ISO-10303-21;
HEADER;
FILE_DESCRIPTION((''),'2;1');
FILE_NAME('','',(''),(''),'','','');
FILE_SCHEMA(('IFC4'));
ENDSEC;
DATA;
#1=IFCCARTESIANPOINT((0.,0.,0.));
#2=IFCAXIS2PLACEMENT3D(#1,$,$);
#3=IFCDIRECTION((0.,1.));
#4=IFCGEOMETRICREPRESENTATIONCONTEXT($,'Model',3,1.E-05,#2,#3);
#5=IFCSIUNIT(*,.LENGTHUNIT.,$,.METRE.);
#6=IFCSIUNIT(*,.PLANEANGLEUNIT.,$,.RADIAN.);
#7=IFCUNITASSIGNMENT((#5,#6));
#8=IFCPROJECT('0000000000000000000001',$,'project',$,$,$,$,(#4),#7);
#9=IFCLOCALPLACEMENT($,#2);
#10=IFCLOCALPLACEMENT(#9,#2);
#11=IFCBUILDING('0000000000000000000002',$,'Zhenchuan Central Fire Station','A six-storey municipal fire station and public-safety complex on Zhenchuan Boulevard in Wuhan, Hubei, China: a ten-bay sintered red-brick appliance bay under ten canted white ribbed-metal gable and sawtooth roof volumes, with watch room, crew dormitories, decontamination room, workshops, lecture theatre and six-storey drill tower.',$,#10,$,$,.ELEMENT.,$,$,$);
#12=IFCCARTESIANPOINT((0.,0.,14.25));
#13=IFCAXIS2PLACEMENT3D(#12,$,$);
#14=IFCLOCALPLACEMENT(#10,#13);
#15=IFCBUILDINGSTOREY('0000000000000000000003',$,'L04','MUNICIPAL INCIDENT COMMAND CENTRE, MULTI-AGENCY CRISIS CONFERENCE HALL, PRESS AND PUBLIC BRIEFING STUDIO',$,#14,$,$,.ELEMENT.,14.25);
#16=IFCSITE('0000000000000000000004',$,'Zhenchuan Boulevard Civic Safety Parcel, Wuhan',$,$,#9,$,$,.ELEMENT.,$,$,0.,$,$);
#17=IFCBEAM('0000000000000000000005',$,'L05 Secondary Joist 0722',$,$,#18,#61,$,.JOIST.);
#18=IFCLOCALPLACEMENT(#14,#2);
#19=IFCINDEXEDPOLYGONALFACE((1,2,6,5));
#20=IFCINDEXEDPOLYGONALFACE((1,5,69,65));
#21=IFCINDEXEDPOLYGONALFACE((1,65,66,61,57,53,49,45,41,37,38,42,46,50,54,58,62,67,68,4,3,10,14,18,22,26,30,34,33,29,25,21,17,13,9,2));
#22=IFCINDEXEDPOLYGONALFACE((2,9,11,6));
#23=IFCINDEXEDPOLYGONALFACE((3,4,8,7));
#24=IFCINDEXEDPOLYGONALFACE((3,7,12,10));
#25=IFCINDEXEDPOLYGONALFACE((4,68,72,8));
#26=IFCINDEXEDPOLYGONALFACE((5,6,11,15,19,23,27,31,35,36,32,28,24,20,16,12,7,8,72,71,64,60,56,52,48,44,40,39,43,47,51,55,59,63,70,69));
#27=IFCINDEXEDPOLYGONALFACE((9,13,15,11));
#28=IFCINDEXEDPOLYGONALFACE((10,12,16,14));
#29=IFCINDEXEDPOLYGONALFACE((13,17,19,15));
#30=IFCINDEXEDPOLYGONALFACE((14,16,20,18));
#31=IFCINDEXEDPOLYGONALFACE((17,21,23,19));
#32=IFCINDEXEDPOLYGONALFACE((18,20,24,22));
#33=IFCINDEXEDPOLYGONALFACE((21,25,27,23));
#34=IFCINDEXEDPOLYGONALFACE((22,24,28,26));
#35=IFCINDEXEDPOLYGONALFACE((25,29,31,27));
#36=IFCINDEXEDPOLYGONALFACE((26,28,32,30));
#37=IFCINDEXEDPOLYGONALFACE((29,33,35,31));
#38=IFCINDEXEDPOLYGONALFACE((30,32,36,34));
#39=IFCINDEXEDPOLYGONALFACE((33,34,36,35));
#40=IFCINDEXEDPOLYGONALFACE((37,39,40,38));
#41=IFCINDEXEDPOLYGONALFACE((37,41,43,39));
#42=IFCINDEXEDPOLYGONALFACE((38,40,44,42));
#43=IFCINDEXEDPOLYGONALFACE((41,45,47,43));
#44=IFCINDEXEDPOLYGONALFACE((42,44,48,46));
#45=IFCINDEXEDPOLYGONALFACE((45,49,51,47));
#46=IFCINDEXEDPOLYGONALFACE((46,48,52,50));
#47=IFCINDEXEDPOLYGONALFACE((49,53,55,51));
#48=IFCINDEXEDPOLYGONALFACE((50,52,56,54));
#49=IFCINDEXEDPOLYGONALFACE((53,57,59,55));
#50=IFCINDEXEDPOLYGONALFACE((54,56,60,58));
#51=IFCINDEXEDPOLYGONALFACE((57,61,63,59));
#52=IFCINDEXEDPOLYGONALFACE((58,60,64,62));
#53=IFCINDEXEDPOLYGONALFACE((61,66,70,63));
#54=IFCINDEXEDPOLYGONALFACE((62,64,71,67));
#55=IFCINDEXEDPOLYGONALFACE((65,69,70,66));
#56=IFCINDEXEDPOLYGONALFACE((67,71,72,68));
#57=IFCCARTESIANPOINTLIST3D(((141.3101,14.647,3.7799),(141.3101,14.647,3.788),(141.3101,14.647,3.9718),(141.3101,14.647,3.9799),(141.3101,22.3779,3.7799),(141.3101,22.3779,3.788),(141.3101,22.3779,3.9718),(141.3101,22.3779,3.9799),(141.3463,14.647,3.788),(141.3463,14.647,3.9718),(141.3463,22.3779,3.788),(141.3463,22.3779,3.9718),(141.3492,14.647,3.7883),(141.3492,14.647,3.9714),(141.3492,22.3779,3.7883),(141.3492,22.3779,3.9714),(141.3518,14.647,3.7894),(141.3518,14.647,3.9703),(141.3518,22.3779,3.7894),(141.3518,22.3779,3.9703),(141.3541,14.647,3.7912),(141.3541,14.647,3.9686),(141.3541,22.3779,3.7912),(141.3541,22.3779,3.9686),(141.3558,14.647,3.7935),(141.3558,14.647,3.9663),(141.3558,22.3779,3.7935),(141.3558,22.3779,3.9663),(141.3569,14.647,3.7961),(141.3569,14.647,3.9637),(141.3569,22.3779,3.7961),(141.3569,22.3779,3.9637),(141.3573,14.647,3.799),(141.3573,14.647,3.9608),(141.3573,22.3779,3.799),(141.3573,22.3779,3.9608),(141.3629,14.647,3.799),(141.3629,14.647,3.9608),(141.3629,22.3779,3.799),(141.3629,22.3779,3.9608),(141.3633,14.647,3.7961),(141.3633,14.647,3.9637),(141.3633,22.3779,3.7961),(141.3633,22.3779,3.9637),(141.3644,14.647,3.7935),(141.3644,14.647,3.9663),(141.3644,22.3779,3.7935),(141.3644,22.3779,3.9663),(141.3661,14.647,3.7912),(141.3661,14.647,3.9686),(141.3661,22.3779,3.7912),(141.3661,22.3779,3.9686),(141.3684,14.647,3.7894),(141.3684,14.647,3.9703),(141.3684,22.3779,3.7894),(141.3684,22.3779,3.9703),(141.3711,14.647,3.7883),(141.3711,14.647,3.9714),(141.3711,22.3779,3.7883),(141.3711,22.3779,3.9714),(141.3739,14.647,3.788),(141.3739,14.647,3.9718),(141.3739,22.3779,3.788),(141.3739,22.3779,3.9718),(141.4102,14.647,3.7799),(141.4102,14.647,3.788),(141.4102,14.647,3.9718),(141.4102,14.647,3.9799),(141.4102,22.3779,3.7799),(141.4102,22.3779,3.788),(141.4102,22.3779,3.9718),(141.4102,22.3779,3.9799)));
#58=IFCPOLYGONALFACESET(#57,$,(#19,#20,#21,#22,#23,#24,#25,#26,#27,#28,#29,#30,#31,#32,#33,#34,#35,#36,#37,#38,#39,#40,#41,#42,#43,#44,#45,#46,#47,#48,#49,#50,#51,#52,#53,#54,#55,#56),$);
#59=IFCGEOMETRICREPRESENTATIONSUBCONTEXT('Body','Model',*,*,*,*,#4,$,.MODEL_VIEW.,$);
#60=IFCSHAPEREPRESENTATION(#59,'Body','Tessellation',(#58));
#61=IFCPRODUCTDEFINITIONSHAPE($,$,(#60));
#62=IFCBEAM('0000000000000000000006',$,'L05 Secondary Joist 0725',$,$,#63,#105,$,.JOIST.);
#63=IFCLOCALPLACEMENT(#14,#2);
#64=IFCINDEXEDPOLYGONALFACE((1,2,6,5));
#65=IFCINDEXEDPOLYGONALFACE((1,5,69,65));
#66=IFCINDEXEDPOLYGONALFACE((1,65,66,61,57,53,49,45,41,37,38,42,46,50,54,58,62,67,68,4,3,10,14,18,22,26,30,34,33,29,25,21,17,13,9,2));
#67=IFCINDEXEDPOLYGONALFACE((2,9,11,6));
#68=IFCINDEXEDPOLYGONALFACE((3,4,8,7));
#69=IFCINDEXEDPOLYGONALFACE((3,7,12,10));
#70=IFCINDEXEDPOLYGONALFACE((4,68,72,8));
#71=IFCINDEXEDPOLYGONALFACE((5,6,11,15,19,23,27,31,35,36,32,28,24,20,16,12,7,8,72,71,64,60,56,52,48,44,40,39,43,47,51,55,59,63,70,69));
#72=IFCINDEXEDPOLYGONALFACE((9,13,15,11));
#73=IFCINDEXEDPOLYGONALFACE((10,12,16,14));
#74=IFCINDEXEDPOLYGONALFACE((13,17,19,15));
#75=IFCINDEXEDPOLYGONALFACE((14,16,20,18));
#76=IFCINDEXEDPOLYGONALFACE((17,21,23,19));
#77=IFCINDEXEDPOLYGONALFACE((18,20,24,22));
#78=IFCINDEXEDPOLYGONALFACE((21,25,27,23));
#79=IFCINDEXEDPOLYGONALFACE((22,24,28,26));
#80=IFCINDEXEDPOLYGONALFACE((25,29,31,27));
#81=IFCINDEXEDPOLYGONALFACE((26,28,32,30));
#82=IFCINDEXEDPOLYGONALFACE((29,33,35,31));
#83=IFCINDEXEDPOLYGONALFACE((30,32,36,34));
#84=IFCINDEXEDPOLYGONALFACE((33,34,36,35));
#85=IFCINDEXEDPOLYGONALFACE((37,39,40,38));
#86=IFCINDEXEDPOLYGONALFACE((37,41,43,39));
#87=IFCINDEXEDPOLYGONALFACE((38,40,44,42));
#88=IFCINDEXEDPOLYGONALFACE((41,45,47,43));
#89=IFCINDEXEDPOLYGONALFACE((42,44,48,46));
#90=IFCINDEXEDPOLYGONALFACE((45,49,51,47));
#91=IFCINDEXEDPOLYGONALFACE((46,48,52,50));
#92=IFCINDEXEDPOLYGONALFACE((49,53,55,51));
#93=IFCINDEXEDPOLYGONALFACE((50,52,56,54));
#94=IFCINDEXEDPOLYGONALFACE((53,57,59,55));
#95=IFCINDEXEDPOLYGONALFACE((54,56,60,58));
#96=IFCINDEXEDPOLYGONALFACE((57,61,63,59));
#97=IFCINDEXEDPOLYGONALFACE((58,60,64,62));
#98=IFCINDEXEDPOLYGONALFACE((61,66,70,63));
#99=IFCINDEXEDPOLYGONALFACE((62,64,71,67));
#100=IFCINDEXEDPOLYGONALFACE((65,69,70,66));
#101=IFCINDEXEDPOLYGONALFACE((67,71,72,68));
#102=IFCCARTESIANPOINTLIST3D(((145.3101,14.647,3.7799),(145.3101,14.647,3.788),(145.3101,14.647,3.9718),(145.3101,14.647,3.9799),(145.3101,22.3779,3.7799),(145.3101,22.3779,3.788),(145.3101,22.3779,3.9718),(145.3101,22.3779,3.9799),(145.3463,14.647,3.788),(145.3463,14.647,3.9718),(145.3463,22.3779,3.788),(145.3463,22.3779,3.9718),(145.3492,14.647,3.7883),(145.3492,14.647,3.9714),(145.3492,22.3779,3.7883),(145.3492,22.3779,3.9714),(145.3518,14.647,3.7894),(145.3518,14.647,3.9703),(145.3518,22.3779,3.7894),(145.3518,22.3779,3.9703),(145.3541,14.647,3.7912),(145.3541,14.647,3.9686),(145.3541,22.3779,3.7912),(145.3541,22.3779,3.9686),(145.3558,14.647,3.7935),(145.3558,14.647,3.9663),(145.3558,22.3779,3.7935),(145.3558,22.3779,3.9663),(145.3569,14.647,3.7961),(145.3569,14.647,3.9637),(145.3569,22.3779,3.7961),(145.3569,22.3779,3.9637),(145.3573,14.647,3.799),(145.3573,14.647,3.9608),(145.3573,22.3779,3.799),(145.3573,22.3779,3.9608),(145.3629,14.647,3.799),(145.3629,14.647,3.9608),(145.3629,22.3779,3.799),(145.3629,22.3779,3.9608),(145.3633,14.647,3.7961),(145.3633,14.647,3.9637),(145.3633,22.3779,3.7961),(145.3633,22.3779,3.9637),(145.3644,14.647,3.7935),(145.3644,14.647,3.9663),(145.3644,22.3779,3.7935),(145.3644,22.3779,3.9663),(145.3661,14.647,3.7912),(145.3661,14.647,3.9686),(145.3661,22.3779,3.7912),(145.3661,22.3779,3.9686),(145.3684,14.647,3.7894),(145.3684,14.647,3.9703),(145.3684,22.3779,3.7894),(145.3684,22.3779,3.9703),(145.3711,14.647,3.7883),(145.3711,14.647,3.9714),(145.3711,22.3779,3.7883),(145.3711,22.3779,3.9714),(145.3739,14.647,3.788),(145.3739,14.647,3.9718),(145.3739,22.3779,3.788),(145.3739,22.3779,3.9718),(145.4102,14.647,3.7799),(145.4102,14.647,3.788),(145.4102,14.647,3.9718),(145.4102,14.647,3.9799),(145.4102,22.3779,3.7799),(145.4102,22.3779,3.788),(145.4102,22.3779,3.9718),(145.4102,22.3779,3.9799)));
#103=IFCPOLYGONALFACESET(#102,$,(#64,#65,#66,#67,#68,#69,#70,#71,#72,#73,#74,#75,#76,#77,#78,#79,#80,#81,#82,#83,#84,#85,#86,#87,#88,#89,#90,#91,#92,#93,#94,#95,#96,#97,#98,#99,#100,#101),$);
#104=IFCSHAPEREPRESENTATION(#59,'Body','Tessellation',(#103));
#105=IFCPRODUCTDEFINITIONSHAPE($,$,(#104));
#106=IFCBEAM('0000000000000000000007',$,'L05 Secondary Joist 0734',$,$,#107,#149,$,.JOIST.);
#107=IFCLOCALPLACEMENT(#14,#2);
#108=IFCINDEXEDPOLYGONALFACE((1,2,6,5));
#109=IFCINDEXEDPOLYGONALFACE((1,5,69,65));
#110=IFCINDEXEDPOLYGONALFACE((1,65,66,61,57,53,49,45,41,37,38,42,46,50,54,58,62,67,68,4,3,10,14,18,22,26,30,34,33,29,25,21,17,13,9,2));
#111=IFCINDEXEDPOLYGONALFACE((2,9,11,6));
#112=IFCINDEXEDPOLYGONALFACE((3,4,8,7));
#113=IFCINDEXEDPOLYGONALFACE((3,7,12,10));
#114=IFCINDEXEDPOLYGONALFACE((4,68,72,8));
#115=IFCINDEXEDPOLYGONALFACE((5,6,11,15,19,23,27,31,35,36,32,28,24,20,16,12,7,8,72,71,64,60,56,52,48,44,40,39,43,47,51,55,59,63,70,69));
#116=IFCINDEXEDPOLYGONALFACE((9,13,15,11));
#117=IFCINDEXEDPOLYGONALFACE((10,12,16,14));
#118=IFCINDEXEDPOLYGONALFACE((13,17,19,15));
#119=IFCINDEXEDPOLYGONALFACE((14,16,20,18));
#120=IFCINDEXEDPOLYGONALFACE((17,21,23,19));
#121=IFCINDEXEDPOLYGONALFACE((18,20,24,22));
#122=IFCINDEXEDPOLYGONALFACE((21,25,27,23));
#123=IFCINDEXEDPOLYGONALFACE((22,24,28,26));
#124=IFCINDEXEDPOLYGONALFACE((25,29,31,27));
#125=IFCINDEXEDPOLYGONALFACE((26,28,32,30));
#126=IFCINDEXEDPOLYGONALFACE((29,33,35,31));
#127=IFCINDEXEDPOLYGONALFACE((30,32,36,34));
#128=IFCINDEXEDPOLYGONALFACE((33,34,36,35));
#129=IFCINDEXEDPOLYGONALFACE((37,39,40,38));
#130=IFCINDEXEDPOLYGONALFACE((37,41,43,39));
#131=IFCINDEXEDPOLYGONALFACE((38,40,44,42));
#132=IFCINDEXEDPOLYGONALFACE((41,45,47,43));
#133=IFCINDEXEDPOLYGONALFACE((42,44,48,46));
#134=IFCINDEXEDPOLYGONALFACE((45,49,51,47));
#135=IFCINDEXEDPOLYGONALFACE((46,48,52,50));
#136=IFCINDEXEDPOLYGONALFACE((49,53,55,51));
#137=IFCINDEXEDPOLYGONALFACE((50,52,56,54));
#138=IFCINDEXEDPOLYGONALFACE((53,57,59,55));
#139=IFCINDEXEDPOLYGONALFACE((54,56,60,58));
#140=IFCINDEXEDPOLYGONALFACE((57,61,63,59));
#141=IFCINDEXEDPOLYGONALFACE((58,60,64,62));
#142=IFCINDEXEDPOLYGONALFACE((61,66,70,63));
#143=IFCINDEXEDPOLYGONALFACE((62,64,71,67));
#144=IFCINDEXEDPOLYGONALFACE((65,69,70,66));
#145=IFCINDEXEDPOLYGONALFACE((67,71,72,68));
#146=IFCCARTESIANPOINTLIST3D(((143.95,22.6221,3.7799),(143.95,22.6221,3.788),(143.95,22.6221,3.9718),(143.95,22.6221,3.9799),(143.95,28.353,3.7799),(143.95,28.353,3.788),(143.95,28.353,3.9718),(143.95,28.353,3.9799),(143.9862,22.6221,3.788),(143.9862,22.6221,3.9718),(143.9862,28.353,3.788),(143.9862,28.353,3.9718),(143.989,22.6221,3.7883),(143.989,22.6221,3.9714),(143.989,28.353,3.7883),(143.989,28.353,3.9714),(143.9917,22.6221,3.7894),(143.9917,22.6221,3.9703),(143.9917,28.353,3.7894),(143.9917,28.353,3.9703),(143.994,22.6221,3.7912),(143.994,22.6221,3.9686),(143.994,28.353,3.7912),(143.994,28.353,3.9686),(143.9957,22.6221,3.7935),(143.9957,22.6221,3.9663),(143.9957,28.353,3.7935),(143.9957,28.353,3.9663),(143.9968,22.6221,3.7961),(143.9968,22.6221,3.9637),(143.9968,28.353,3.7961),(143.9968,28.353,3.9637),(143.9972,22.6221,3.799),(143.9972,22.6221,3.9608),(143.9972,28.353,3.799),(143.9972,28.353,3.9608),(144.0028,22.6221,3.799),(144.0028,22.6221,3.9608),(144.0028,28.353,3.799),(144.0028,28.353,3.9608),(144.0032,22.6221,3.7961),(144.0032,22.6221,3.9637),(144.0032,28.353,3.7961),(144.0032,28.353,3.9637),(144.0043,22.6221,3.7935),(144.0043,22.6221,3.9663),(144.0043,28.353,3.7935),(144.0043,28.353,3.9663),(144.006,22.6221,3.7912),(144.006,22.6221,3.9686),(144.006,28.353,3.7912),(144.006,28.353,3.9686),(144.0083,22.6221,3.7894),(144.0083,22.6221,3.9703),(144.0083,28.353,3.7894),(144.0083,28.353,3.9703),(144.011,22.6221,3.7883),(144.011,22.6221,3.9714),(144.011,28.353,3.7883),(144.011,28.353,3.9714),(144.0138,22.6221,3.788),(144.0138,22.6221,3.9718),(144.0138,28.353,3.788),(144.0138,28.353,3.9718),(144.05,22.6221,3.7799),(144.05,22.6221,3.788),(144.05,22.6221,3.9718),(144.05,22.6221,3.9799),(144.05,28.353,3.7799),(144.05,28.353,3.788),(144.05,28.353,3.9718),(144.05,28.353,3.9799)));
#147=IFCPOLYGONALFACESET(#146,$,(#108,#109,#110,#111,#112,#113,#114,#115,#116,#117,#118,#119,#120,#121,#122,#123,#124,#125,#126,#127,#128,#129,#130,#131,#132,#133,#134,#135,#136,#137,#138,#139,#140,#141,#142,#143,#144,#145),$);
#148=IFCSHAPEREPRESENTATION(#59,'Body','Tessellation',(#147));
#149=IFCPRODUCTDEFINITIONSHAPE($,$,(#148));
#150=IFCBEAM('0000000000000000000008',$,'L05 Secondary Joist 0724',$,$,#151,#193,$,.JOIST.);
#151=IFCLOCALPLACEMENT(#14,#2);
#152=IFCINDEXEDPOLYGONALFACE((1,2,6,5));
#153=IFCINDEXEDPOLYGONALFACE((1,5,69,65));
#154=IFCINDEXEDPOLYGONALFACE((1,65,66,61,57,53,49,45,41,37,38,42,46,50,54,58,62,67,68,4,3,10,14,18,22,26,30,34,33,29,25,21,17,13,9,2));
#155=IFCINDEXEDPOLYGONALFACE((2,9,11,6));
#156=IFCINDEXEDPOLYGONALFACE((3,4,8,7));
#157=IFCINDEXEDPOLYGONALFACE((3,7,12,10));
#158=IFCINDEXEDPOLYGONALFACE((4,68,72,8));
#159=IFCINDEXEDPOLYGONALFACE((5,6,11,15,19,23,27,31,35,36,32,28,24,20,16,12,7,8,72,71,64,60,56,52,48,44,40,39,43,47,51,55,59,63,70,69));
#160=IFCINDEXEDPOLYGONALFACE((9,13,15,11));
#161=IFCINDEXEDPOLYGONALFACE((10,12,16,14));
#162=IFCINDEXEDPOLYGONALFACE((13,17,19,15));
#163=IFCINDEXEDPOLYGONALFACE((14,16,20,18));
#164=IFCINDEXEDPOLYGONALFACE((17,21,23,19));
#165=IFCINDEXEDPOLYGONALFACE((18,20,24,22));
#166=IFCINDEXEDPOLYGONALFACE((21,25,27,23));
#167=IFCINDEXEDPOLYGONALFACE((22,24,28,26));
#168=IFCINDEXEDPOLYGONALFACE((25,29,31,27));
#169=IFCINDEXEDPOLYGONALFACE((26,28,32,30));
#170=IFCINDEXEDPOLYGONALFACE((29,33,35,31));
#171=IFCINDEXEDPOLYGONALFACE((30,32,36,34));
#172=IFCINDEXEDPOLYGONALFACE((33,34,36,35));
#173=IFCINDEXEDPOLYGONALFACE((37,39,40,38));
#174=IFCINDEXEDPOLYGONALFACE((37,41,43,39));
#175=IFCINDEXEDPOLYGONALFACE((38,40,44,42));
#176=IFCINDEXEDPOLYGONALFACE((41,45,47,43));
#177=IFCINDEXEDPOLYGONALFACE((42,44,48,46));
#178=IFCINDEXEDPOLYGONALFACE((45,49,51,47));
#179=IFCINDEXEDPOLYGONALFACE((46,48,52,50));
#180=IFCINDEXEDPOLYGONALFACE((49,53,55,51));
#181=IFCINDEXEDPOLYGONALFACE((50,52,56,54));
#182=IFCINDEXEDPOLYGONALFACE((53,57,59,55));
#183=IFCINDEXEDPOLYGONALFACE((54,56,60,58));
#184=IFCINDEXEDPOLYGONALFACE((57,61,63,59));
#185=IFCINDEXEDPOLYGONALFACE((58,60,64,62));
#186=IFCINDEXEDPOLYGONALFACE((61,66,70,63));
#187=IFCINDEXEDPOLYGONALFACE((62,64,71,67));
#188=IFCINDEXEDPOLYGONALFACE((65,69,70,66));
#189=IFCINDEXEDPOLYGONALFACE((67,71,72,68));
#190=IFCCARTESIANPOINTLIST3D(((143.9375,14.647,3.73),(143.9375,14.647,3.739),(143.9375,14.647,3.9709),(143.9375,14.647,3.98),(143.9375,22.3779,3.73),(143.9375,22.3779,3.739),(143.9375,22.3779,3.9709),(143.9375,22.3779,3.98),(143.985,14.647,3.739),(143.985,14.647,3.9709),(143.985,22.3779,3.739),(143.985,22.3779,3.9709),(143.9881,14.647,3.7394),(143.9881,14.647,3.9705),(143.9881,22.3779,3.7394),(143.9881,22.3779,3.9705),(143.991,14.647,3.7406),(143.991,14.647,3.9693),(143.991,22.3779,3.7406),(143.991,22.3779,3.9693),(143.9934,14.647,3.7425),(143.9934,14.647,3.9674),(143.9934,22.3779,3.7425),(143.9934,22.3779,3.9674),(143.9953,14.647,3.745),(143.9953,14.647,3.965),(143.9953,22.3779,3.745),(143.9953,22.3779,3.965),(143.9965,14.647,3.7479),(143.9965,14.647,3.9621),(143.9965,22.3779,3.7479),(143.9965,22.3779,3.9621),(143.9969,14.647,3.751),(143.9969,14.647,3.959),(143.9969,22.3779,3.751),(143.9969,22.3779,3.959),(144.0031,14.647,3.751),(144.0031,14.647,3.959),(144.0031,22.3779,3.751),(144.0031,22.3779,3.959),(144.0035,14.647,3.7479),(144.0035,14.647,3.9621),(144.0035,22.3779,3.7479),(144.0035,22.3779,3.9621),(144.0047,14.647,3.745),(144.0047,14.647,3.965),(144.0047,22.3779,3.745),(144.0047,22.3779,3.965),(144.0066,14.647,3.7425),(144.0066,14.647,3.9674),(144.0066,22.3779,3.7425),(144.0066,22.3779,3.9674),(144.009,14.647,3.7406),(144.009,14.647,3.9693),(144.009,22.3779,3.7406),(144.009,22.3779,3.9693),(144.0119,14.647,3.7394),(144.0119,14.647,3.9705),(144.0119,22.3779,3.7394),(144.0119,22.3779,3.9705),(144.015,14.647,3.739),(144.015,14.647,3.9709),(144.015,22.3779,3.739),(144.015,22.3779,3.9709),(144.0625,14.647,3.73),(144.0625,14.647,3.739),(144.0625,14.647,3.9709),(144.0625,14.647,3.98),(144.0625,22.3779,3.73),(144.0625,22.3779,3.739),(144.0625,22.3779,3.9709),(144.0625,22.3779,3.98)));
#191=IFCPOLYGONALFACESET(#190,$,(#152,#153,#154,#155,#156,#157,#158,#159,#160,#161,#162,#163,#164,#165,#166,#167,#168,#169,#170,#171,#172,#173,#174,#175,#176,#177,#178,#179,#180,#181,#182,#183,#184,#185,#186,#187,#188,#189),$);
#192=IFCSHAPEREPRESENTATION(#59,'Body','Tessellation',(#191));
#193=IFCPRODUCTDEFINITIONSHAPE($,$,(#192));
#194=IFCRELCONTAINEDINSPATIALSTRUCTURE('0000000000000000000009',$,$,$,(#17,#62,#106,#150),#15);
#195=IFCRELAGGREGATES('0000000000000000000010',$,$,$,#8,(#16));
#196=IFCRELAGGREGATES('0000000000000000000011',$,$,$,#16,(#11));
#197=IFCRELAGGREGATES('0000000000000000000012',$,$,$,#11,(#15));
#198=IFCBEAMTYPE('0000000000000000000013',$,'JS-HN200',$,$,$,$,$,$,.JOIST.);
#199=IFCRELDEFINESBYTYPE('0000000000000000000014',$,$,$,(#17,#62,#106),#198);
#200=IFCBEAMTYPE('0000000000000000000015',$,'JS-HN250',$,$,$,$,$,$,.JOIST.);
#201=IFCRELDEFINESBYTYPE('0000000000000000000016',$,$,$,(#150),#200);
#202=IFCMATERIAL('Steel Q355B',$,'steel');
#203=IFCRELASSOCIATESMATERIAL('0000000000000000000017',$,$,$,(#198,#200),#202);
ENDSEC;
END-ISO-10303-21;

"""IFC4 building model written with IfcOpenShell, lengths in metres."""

from ifc_helpers import new_model, si_unit, direction, frame, origin, origin_2d, place, context, subcontext, project, spatial, i_section, extrude, material, material_profile, profile_set, type_object, element, save


model = new_model("IFC4")

# Units and contexts
model_context = context("Model", 3, precision=1e-05, world=origin(), true_north=direction((0.0, 1.0)))
body_context = subcontext(model_context, "Body", "Model", "MODEL_VIEW")
ifc_project = project(units=[si_unit("LENGTHUNIT", "METRE"), si_unit("PLANEANGLEUNIT", "RADIAN")], contexts=[model_context])

# Site, building, storey
site_placement = place(None, origin())
site = spatial("IfcSite", under=ifc_project, at=site_placement, Name="Zhenchuan Boulevard Civic Safety Parcel, Wuhan", CompositionType="ELEMENT", RefElevation=0.0)
building_placement = place(site_placement, origin())
building = spatial("IfcBuilding", under=site, at=building_placement, Name="Zhenchuan Central Fire Station", Description="A six-storey municipal fire station and public-safety complex on Zhenchuan Boulevard in Wuhan, Hubei, China: a ten-bay sintered red-brick appliance bay under ten canted white ribbed-metal gable and sawtooth roof volumes, with watch room, crew dormitories, decontamination room, workshops, lecture theatre and six-storey drill tower.", CompositionType="ELEMENT")
storey_placement = place(building_placement, frame((0.0, 0.0, 14.25)))
storey = spatial("IfcBuildingStorey", under=building, at=storey_placement, Name="L04", Description="MUNICIPAL INCIDENT COMMAND CENTRE, MULTI-AGENCY CRISIS CONFERENCE HALL, PRESS AND PUBLIC BRIEFING STUDIO", CompositionType="ELEMENT", Elevation=14.25)

# Shared definitions
ifc_material_1 = material(Name="Steel Q355B", Category="steel")

# Beams
ifc_material_profile_1 = material_profile(ifc_material_1, i_section(OverallWidth=0.1001, OverallDepth=0.2, WebThickness=0.0056, FlangeThickness=0.0081, FilletRadius=0.011, at=origin_2d()), Name="HN 200x100")
ifc_profile_set_1 = profile_set([ifc_material_profile_1], Name="Steel Q355B")
beam_type_1 = type_object("IfcBeamType", Name="JS-HN200", PredefinedType="JOIST", material=ifc_profile_set_1)
for number, where, z_axis, x_axis, name in (
    (1, (141.3601, 14.647, 3.8799), (0.0, 1.0, 0.0), (-1.0, 0.0, 0.0), "L05 Secondary Joist 0722"),
    (2, (145.3601, 14.647, 3.8799), (0.0, 1.0, 0.0), (-1.0, 0.0, 0.0), "L05 Secondary Joist 0725"),
):
    element("IfcBeam", number, at=place(storey_placement, frame(where, z_axis=z_axis, x_axis=x_axis)), inside=storey, type_object=beam_type_1, Name=name, PredefinedType="JOIST", context=body_context, shape_type="SweptSolid", body=[
        extrude(i_section(OverallWidth=0.1001, OverallDepth=0.2, WebThickness=0.0056, FlangeThickness=0.0081, FilletRadius=0.011, at=origin_2d()), origin(), (0.0, 0.0, 1.0), 7.731),
    ])
beam_1_placement = place(storey_placement, frame((144.0, 22.6221, 3.8799), z_axis=(0.0, 1.0, 0.0), x_axis=(-1.0, 0.0, 0.0)))
element("IfcBeam", 3, at=beam_1_placement, inside=storey, type_object=beam_type_1, Name="L05 Secondary Joist 0734", PredefinedType="JOIST", context=body_context, shape_type="SweptSolid", body=[
    extrude(i_section(OverallWidth=0.1001, OverallDepth=0.2, WebThickness=0.0056, FlangeThickness=0.0081, FilletRadius=0.011, at=origin_2d()), origin(), (0.0, 0.0, 1.0), 5.731),
])
ifc_material_profile_2 = material_profile(ifc_material_1, i_section(OverallWidth=0.125, OverallDepth=0.25, WebThickness=0.0061, FlangeThickness=0.009, FilletRadius=0.012, at=origin_2d()), Name="HN 250x125")
ifc_profile_set_2 = profile_set([ifc_material_profile_2], Name="Steel Q355B")
beam_type_2 = type_object("IfcBeamType", Name="JS-HN250", PredefinedType="JOIST", material=ifc_profile_set_2)
beam_2_placement = place(storey_placement, frame((144.0, 14.647, 3.855), z_axis=(0.0, 1.0, 0.0), x_axis=(-1.0, 0.0, 0.0)))
element("IfcBeam", 4, at=beam_2_placement, inside=storey, type_object=beam_type_2, Name="L05 Secondary Joist 0724", PredefinedType="JOIST", context=body_context, shape_type="SweptSolid", body=[
    extrude(i_section(OverallWidth=0.125, OverallDepth=0.25, WebThickness=0.0061, FlangeThickness=0.009, FilletRadius=0.012, at=origin_2d()), origin(), (0.0, 0.0, 1.0), 7.731),
])

save(model, "model.ifc")
